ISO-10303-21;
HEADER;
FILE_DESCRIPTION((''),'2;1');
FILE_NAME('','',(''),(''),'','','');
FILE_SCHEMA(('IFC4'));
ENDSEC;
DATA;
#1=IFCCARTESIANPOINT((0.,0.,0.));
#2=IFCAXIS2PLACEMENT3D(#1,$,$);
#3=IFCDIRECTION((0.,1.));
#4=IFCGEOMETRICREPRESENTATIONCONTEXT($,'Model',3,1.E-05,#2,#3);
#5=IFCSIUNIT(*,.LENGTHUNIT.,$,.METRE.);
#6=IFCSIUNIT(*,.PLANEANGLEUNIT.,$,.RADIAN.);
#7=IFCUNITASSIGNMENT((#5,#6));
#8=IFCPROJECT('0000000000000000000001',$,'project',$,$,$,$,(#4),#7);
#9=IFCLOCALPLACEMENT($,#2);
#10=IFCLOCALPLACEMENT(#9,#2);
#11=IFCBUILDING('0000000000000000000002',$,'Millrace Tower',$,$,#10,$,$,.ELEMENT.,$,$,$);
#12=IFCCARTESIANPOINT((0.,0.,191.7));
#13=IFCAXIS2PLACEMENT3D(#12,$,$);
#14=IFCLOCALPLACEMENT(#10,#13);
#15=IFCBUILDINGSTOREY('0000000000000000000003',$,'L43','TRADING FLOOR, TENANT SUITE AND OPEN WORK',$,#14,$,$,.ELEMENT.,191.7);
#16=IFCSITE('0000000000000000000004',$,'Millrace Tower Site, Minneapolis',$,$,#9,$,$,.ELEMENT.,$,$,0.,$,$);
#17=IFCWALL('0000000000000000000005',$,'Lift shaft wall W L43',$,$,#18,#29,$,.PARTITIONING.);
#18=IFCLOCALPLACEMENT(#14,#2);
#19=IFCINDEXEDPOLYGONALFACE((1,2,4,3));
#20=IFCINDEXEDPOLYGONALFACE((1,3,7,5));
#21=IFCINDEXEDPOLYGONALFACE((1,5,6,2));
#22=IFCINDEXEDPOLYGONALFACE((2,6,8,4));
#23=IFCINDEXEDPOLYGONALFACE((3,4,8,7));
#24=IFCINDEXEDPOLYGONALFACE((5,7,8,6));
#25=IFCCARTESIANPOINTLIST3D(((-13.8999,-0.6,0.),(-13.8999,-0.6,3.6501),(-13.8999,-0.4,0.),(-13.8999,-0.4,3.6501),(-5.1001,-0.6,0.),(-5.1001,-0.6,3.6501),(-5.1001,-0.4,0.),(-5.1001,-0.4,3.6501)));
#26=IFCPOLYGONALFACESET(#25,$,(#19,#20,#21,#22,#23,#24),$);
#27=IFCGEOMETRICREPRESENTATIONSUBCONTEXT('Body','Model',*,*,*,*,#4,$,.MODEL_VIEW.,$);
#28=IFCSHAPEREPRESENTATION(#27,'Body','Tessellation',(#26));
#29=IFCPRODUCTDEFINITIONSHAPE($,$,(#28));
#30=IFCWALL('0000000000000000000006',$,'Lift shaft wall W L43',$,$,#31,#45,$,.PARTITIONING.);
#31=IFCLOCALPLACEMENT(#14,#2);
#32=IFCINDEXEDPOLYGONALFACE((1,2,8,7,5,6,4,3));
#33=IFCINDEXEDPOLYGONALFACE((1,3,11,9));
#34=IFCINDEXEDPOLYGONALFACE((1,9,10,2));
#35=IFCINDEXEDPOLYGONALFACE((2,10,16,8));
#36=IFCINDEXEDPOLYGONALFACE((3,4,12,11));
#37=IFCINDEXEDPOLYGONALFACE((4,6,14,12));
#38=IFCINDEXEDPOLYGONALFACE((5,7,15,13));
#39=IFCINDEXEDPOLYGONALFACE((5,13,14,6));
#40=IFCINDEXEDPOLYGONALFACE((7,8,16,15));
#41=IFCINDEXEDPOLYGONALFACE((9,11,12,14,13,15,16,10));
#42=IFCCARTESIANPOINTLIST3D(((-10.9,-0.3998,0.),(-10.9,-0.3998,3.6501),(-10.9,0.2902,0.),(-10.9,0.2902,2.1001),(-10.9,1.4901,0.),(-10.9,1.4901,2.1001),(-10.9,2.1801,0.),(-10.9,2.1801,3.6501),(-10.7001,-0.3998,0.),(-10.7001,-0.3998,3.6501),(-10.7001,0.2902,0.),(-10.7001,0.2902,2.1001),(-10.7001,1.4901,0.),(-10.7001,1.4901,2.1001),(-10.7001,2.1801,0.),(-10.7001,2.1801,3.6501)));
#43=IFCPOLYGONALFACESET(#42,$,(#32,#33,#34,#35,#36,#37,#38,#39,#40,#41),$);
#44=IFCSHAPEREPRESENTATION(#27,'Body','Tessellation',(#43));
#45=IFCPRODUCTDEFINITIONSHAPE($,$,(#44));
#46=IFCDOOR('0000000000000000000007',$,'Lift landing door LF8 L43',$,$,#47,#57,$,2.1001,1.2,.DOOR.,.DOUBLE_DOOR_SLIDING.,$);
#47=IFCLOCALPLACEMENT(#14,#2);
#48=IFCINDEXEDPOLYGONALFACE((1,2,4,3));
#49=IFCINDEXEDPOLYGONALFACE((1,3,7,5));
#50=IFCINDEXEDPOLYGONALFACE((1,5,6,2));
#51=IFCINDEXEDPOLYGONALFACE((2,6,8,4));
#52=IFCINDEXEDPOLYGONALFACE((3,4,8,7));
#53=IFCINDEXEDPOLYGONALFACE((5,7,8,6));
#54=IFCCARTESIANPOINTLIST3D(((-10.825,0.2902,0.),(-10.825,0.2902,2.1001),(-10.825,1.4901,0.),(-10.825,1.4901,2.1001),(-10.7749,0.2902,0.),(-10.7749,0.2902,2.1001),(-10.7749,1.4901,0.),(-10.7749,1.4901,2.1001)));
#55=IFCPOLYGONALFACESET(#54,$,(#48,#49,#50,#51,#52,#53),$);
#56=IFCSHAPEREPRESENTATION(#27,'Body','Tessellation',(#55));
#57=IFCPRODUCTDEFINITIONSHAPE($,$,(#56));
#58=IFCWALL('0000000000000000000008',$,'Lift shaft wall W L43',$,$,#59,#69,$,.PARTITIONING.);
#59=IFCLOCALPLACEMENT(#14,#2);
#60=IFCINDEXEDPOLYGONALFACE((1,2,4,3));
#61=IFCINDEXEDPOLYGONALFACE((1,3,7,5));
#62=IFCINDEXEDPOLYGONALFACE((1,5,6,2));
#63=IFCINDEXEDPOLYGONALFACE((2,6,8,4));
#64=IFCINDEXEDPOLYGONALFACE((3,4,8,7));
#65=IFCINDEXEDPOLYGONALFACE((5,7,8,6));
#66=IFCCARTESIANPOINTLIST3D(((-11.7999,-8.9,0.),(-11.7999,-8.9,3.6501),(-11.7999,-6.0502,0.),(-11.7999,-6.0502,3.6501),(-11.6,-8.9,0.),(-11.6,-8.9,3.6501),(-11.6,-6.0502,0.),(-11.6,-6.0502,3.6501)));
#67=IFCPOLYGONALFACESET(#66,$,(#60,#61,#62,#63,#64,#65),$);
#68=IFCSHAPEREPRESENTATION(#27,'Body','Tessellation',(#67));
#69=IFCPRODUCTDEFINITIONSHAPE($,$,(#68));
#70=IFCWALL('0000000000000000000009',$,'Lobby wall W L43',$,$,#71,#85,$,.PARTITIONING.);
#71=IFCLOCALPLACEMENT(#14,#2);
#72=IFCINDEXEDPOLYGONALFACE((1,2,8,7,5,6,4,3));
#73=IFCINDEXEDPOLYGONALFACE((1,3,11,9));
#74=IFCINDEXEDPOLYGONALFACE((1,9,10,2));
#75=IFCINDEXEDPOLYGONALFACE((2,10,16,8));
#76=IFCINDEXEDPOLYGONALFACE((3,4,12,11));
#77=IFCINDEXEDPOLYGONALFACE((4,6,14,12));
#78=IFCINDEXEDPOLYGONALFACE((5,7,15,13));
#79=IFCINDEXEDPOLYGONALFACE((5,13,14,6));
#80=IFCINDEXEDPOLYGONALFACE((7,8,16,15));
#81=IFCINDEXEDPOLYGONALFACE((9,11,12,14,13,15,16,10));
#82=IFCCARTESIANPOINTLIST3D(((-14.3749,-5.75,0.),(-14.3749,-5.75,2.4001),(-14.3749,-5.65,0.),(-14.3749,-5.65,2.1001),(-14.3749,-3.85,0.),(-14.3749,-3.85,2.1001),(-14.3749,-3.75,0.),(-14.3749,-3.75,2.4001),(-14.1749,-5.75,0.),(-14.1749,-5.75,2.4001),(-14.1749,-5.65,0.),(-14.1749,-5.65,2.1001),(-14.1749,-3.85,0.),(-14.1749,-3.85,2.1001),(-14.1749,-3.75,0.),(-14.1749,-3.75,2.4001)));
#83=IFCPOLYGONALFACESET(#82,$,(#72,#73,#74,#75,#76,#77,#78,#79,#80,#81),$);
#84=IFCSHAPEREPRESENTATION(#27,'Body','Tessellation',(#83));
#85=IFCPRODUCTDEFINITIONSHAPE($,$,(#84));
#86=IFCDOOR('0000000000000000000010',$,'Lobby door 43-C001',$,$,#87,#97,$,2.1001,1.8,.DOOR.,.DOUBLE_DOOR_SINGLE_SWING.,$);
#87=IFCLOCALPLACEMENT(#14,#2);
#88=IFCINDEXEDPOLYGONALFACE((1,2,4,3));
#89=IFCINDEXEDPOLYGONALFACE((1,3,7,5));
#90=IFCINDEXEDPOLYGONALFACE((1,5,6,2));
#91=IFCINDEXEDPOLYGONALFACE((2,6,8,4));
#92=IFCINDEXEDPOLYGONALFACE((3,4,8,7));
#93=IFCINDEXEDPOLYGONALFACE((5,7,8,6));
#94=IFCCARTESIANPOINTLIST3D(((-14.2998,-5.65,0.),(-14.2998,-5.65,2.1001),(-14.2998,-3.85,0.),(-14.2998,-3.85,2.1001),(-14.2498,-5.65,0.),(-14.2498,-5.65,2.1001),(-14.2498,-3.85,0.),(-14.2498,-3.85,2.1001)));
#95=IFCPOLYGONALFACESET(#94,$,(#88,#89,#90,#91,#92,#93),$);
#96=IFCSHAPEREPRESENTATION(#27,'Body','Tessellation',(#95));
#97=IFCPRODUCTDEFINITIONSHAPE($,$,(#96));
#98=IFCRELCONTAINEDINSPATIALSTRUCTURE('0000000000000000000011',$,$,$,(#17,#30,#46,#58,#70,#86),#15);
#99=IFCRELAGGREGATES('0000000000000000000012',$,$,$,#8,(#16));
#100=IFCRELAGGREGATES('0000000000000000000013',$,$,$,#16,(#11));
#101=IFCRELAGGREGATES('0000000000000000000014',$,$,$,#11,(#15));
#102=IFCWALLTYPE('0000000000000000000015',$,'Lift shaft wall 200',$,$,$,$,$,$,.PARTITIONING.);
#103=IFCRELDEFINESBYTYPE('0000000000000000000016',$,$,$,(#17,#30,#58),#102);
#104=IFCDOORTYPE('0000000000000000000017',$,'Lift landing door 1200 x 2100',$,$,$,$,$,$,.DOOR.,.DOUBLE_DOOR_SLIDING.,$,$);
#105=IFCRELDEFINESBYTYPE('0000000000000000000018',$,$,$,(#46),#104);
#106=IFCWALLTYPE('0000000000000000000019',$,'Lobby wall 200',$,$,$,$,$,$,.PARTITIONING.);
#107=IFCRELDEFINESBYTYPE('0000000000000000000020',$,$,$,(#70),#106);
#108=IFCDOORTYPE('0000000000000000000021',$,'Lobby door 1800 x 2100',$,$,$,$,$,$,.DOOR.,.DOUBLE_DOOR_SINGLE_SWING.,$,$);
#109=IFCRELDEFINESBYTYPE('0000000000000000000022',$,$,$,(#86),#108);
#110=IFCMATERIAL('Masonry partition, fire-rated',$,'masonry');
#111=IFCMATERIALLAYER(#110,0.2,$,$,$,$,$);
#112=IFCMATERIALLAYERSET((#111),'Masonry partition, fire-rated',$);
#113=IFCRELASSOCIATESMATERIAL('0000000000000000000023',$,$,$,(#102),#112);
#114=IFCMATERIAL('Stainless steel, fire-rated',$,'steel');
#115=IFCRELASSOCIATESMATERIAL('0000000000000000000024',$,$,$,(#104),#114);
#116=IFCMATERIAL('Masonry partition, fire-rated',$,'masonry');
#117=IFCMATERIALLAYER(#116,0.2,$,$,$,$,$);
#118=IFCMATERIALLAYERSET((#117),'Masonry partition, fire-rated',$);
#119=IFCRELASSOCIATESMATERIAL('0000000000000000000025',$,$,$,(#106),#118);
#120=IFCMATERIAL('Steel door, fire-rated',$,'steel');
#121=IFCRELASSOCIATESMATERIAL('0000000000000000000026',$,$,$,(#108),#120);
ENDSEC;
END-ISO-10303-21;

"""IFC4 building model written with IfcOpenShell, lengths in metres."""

from ifc_helpers import new_model, si_unit, direction, frame, frame_2d, origin, place, context, subcontext, project, spatial, rectangle, extrude, material, layer, layer_set, type_object, element, fill, save


model = new_model("IFC4")

# Units and contexts
model_context = context("Model", 3, precision=1e-05, world=origin(), true_north=direction((0.0, 1.0)))
body_context = subcontext(model_context, "Body", "Model", "MODEL_VIEW")
ifc_project = project(units=[si_unit("LENGTHUNIT", "METRE"), si_unit("PLANEANGLEUNIT", "RADIAN")], contexts=[model_context])

# Site, building, storey
site_placement = place(None, origin())
site = spatial("IfcSite", under=ifc_project, at=site_placement, Name="Millrace Tower Site, Minneapolis", CompositionType="ELEMENT", RefElevation=0.0)
building_placement = place(site_placement, origin())
building = spatial("IfcBuilding", under=site, at=building_placement, Name="Millrace Tower", CompositionType="ELEMENT")
storey_placement = place(building_placement, frame((0.0, 0.0, 191.7)))
storey = spatial("IfcBuildingStorey", under=building, at=storey_placement, Name="L43", Description="TRADING FLOOR, TENANT SUITE AND OPEN WORK", CompositionType="ELEMENT", Elevation=191.7)

# Shared definitions
ifc_material_1 = material(Name="Masonry partition, fire-rated", Category="masonry")
ifc_layer_1 = layer(ifc_material_1, 0.2)
ifc_layer_set_1 = layer_set([ifc_layer_1], Name="Masonry partition, fire-rated")
wall_type_1 = type_object("IfcWallType", Name="Lift shaft wall 200", PredefinedType="PARTITIONING", material=ifc_layer_set_1)
ifc_material_2 = material(Name="Stainless steel, fire-rated", Category="steel")
door_type_1 = type_object("IfcDoorType", Name="Lift landing door 1200 x 2100", OperationType="DOUBLE_DOOR_SLIDING", PredefinedType="DOOR", material=ifc_material_2)

# Wall
wall_1_placement = place(storey_placement, frame((-13.8999, -0.5, 0.0), z_axis=(0.0, 0.0, 1.0), x_axis=(1.0, 0.0, 0.0)))
element("IfcWall", 1, at=wall_1_placement, inside=storey, type_object=wall_type_1, Name="Lift shaft wall W L43", PredefinedType="PARTITIONING", context=body_context, shape_type="SweptSolid", body=[
    extrude(rectangle(XDim=8.7998, YDim=0.2, at=frame_2d((4.3999, 0.0))), origin(), (0.0, 0.0, 1.0), 3.6501),
])

# Wall, opening, door
wall_2_placement = place(storey_placement, frame((-10.8, -0.3999, 0.0), z_axis=(0.0, 0.0, 1.0), x_axis=(0.0, 1.0, 0.0)))
wall_2 = element("IfcWall", 2, at=wall_2_placement, inside=storey, type_object=wall_type_1, Name="Lift shaft wall W L43", PredefinedType="PARTITIONING", context=body_context, shape_type="SweptSolid", body=[
    extrude(rectangle(XDim=2.5798, YDim=0.2, at=frame_2d((1.29, 0.0))), origin(), (0.0, 0.0, 1.0), 3.6501),
])
opening_1_placement = place(wall_2_placement, frame((0.6899, 0.0, 0.0)))
opening_1 = element("IfcOpeningElement", 3, at=opening_1_placement, cuts=wall_2, PredefinedType="OPENING", context=body_context, shape_type="SweptSolid", body=[
    extrude(rectangle(XDim=1.2, YDim=2.1001, at=frame_2d((0.6001, 1.05))), frame((0.0, 0.1099, 0.0), z_axis=(0.0, -1.0, 0.0), x_axis=(1.0, 0.0, 0.0)), (0.0, 0.0, 1.0), 0.22),
])
door_1_placement = place(opening_1_placement, origin())
door_1 = element("IfcDoor", 4, at=door_1_placement, inside=storey, type_object=door_type_1, Name="Lift landing door LF8 L43", OperationType="DOUBLE_DOOR_SLIDING", OverallHeight=2.1001, OverallWidth=1.2, PredefinedType="DOOR", context=body_context, shape_type="SweptSolid", body=[
    extrude(rectangle(XDim=1.2, YDim=2.1001, at=frame_2d((0.6001, 1.05))), frame((0.0, 0.0249, 0.0), z_axis=(0.0, -1.0, 0.0), x_axis=(1.0, 0.0, 0.0)), (0.0, 0.0, 1.0), 0.05),
])
fill(opening_1, door_1)

# Wall
wall_3_placement = place(storey_placement, frame((-11.7, -8.8999, 0.0), z_axis=(0.0, 0.0, 1.0), x_axis=(0.0, 1.0, 0.0)))
element("IfcWall", 5, at=wall_3_placement, inside=storey, type_object=wall_type_1, Name="Lift shaft wall W L43", PredefinedType="PARTITIONING", context=body_context, shape_type="SweptSolid", body=[
    extrude(rectangle(XDim=2.8499, YDim=0.2, at=frame_2d((1.4248, 0.0))), origin(), (0.0, 0.0, 1.0), 3.6501),
])

# Wall, opening, door
ifc_material_3 = material(Name="Masonry partition, fire-rated", Category="masonry")
ifc_layer_2 = layer(ifc_material_3, 0.2)
ifc_layer_set_2 = layer_set([ifc_layer_2], Name="Masonry partition, fire-rated")
wall_type_2 = type_object("IfcWallType", Name="Lobby wall 200", PredefinedType="PARTITIONING", material=ifc_layer_set_2)
wall_4_placement = place(storey_placement, frame((-14.2749, -5.75, 0.0), z_axis=(0.0, 0.0, 1.0), x_axis=(0.0, 1.0, 0.0)))
wall_4 = element("IfcWall", 6, at=wall_4_placement, inside=storey, type_object=wall_type_2, Name="Lobby wall W L43", PredefinedType="PARTITIONING", context=body_context, shape_type="SweptSolid", body=[
    extrude(rectangle(XDim=2.0, YDim=0.2, at=frame_2d((1.0, 0.0))), origin(), (0.0, 0.0, 1.0), 2.4001),
])
opening_2_placement = place(wall_4_placement, frame((0.1001, 0.0, 0.0)))
opening_2 = element("IfcOpeningElement", 7, at=opening_2_placement, cuts=wall_4, PredefinedType="OPENING", context=body_context, shape_type="SweptSolid", body=[
    extrude(rectangle(XDim=1.8, YDim=2.1001, at=frame_2d((0.8999, 1.05))), frame((0.0, 0.1099, 0.0), z_axis=(0.0, -1.0, 0.0), x_axis=(1.0, 0.0, 0.0)), (0.0, 0.0, 1.0), 0.22),
])
ifc_material_4 = material(Name="Steel door, fire-rated", Category="steel")
door_type_2 = type_object("IfcDoorType", Name="Lobby door 1800 x 2100", OperationType="DOUBLE_DOOR_SINGLE_SWING", PredefinedType="DOOR", material=ifc_material_4)
door_2_placement = place(opening_2_placement, origin())
door_2 = element("IfcDoor", 8, at=door_2_placement, inside=storey, type_object=door_type_2, Name="Lobby door 43-C001", OperationType="DOUBLE_DOOR_SINGLE_SWING", OverallHeight=2.1001, OverallWidth=1.8, PredefinedType="DOOR", context=body_context, shape_type="SweptSolid", body=[
    extrude(rectangle(XDim=1.8, YDim=2.1001, at=frame_2d((0.8999, 1.05))), frame((0.0, 0.0249, 0.0), z_axis=(0.0, -1.0, 0.0), x_axis=(1.0, 0.0, 0.0)), (0.0, 0.0, 1.0), 0.05),
])
fill(opening_2, door_2)

save(model, "model.ifc")
